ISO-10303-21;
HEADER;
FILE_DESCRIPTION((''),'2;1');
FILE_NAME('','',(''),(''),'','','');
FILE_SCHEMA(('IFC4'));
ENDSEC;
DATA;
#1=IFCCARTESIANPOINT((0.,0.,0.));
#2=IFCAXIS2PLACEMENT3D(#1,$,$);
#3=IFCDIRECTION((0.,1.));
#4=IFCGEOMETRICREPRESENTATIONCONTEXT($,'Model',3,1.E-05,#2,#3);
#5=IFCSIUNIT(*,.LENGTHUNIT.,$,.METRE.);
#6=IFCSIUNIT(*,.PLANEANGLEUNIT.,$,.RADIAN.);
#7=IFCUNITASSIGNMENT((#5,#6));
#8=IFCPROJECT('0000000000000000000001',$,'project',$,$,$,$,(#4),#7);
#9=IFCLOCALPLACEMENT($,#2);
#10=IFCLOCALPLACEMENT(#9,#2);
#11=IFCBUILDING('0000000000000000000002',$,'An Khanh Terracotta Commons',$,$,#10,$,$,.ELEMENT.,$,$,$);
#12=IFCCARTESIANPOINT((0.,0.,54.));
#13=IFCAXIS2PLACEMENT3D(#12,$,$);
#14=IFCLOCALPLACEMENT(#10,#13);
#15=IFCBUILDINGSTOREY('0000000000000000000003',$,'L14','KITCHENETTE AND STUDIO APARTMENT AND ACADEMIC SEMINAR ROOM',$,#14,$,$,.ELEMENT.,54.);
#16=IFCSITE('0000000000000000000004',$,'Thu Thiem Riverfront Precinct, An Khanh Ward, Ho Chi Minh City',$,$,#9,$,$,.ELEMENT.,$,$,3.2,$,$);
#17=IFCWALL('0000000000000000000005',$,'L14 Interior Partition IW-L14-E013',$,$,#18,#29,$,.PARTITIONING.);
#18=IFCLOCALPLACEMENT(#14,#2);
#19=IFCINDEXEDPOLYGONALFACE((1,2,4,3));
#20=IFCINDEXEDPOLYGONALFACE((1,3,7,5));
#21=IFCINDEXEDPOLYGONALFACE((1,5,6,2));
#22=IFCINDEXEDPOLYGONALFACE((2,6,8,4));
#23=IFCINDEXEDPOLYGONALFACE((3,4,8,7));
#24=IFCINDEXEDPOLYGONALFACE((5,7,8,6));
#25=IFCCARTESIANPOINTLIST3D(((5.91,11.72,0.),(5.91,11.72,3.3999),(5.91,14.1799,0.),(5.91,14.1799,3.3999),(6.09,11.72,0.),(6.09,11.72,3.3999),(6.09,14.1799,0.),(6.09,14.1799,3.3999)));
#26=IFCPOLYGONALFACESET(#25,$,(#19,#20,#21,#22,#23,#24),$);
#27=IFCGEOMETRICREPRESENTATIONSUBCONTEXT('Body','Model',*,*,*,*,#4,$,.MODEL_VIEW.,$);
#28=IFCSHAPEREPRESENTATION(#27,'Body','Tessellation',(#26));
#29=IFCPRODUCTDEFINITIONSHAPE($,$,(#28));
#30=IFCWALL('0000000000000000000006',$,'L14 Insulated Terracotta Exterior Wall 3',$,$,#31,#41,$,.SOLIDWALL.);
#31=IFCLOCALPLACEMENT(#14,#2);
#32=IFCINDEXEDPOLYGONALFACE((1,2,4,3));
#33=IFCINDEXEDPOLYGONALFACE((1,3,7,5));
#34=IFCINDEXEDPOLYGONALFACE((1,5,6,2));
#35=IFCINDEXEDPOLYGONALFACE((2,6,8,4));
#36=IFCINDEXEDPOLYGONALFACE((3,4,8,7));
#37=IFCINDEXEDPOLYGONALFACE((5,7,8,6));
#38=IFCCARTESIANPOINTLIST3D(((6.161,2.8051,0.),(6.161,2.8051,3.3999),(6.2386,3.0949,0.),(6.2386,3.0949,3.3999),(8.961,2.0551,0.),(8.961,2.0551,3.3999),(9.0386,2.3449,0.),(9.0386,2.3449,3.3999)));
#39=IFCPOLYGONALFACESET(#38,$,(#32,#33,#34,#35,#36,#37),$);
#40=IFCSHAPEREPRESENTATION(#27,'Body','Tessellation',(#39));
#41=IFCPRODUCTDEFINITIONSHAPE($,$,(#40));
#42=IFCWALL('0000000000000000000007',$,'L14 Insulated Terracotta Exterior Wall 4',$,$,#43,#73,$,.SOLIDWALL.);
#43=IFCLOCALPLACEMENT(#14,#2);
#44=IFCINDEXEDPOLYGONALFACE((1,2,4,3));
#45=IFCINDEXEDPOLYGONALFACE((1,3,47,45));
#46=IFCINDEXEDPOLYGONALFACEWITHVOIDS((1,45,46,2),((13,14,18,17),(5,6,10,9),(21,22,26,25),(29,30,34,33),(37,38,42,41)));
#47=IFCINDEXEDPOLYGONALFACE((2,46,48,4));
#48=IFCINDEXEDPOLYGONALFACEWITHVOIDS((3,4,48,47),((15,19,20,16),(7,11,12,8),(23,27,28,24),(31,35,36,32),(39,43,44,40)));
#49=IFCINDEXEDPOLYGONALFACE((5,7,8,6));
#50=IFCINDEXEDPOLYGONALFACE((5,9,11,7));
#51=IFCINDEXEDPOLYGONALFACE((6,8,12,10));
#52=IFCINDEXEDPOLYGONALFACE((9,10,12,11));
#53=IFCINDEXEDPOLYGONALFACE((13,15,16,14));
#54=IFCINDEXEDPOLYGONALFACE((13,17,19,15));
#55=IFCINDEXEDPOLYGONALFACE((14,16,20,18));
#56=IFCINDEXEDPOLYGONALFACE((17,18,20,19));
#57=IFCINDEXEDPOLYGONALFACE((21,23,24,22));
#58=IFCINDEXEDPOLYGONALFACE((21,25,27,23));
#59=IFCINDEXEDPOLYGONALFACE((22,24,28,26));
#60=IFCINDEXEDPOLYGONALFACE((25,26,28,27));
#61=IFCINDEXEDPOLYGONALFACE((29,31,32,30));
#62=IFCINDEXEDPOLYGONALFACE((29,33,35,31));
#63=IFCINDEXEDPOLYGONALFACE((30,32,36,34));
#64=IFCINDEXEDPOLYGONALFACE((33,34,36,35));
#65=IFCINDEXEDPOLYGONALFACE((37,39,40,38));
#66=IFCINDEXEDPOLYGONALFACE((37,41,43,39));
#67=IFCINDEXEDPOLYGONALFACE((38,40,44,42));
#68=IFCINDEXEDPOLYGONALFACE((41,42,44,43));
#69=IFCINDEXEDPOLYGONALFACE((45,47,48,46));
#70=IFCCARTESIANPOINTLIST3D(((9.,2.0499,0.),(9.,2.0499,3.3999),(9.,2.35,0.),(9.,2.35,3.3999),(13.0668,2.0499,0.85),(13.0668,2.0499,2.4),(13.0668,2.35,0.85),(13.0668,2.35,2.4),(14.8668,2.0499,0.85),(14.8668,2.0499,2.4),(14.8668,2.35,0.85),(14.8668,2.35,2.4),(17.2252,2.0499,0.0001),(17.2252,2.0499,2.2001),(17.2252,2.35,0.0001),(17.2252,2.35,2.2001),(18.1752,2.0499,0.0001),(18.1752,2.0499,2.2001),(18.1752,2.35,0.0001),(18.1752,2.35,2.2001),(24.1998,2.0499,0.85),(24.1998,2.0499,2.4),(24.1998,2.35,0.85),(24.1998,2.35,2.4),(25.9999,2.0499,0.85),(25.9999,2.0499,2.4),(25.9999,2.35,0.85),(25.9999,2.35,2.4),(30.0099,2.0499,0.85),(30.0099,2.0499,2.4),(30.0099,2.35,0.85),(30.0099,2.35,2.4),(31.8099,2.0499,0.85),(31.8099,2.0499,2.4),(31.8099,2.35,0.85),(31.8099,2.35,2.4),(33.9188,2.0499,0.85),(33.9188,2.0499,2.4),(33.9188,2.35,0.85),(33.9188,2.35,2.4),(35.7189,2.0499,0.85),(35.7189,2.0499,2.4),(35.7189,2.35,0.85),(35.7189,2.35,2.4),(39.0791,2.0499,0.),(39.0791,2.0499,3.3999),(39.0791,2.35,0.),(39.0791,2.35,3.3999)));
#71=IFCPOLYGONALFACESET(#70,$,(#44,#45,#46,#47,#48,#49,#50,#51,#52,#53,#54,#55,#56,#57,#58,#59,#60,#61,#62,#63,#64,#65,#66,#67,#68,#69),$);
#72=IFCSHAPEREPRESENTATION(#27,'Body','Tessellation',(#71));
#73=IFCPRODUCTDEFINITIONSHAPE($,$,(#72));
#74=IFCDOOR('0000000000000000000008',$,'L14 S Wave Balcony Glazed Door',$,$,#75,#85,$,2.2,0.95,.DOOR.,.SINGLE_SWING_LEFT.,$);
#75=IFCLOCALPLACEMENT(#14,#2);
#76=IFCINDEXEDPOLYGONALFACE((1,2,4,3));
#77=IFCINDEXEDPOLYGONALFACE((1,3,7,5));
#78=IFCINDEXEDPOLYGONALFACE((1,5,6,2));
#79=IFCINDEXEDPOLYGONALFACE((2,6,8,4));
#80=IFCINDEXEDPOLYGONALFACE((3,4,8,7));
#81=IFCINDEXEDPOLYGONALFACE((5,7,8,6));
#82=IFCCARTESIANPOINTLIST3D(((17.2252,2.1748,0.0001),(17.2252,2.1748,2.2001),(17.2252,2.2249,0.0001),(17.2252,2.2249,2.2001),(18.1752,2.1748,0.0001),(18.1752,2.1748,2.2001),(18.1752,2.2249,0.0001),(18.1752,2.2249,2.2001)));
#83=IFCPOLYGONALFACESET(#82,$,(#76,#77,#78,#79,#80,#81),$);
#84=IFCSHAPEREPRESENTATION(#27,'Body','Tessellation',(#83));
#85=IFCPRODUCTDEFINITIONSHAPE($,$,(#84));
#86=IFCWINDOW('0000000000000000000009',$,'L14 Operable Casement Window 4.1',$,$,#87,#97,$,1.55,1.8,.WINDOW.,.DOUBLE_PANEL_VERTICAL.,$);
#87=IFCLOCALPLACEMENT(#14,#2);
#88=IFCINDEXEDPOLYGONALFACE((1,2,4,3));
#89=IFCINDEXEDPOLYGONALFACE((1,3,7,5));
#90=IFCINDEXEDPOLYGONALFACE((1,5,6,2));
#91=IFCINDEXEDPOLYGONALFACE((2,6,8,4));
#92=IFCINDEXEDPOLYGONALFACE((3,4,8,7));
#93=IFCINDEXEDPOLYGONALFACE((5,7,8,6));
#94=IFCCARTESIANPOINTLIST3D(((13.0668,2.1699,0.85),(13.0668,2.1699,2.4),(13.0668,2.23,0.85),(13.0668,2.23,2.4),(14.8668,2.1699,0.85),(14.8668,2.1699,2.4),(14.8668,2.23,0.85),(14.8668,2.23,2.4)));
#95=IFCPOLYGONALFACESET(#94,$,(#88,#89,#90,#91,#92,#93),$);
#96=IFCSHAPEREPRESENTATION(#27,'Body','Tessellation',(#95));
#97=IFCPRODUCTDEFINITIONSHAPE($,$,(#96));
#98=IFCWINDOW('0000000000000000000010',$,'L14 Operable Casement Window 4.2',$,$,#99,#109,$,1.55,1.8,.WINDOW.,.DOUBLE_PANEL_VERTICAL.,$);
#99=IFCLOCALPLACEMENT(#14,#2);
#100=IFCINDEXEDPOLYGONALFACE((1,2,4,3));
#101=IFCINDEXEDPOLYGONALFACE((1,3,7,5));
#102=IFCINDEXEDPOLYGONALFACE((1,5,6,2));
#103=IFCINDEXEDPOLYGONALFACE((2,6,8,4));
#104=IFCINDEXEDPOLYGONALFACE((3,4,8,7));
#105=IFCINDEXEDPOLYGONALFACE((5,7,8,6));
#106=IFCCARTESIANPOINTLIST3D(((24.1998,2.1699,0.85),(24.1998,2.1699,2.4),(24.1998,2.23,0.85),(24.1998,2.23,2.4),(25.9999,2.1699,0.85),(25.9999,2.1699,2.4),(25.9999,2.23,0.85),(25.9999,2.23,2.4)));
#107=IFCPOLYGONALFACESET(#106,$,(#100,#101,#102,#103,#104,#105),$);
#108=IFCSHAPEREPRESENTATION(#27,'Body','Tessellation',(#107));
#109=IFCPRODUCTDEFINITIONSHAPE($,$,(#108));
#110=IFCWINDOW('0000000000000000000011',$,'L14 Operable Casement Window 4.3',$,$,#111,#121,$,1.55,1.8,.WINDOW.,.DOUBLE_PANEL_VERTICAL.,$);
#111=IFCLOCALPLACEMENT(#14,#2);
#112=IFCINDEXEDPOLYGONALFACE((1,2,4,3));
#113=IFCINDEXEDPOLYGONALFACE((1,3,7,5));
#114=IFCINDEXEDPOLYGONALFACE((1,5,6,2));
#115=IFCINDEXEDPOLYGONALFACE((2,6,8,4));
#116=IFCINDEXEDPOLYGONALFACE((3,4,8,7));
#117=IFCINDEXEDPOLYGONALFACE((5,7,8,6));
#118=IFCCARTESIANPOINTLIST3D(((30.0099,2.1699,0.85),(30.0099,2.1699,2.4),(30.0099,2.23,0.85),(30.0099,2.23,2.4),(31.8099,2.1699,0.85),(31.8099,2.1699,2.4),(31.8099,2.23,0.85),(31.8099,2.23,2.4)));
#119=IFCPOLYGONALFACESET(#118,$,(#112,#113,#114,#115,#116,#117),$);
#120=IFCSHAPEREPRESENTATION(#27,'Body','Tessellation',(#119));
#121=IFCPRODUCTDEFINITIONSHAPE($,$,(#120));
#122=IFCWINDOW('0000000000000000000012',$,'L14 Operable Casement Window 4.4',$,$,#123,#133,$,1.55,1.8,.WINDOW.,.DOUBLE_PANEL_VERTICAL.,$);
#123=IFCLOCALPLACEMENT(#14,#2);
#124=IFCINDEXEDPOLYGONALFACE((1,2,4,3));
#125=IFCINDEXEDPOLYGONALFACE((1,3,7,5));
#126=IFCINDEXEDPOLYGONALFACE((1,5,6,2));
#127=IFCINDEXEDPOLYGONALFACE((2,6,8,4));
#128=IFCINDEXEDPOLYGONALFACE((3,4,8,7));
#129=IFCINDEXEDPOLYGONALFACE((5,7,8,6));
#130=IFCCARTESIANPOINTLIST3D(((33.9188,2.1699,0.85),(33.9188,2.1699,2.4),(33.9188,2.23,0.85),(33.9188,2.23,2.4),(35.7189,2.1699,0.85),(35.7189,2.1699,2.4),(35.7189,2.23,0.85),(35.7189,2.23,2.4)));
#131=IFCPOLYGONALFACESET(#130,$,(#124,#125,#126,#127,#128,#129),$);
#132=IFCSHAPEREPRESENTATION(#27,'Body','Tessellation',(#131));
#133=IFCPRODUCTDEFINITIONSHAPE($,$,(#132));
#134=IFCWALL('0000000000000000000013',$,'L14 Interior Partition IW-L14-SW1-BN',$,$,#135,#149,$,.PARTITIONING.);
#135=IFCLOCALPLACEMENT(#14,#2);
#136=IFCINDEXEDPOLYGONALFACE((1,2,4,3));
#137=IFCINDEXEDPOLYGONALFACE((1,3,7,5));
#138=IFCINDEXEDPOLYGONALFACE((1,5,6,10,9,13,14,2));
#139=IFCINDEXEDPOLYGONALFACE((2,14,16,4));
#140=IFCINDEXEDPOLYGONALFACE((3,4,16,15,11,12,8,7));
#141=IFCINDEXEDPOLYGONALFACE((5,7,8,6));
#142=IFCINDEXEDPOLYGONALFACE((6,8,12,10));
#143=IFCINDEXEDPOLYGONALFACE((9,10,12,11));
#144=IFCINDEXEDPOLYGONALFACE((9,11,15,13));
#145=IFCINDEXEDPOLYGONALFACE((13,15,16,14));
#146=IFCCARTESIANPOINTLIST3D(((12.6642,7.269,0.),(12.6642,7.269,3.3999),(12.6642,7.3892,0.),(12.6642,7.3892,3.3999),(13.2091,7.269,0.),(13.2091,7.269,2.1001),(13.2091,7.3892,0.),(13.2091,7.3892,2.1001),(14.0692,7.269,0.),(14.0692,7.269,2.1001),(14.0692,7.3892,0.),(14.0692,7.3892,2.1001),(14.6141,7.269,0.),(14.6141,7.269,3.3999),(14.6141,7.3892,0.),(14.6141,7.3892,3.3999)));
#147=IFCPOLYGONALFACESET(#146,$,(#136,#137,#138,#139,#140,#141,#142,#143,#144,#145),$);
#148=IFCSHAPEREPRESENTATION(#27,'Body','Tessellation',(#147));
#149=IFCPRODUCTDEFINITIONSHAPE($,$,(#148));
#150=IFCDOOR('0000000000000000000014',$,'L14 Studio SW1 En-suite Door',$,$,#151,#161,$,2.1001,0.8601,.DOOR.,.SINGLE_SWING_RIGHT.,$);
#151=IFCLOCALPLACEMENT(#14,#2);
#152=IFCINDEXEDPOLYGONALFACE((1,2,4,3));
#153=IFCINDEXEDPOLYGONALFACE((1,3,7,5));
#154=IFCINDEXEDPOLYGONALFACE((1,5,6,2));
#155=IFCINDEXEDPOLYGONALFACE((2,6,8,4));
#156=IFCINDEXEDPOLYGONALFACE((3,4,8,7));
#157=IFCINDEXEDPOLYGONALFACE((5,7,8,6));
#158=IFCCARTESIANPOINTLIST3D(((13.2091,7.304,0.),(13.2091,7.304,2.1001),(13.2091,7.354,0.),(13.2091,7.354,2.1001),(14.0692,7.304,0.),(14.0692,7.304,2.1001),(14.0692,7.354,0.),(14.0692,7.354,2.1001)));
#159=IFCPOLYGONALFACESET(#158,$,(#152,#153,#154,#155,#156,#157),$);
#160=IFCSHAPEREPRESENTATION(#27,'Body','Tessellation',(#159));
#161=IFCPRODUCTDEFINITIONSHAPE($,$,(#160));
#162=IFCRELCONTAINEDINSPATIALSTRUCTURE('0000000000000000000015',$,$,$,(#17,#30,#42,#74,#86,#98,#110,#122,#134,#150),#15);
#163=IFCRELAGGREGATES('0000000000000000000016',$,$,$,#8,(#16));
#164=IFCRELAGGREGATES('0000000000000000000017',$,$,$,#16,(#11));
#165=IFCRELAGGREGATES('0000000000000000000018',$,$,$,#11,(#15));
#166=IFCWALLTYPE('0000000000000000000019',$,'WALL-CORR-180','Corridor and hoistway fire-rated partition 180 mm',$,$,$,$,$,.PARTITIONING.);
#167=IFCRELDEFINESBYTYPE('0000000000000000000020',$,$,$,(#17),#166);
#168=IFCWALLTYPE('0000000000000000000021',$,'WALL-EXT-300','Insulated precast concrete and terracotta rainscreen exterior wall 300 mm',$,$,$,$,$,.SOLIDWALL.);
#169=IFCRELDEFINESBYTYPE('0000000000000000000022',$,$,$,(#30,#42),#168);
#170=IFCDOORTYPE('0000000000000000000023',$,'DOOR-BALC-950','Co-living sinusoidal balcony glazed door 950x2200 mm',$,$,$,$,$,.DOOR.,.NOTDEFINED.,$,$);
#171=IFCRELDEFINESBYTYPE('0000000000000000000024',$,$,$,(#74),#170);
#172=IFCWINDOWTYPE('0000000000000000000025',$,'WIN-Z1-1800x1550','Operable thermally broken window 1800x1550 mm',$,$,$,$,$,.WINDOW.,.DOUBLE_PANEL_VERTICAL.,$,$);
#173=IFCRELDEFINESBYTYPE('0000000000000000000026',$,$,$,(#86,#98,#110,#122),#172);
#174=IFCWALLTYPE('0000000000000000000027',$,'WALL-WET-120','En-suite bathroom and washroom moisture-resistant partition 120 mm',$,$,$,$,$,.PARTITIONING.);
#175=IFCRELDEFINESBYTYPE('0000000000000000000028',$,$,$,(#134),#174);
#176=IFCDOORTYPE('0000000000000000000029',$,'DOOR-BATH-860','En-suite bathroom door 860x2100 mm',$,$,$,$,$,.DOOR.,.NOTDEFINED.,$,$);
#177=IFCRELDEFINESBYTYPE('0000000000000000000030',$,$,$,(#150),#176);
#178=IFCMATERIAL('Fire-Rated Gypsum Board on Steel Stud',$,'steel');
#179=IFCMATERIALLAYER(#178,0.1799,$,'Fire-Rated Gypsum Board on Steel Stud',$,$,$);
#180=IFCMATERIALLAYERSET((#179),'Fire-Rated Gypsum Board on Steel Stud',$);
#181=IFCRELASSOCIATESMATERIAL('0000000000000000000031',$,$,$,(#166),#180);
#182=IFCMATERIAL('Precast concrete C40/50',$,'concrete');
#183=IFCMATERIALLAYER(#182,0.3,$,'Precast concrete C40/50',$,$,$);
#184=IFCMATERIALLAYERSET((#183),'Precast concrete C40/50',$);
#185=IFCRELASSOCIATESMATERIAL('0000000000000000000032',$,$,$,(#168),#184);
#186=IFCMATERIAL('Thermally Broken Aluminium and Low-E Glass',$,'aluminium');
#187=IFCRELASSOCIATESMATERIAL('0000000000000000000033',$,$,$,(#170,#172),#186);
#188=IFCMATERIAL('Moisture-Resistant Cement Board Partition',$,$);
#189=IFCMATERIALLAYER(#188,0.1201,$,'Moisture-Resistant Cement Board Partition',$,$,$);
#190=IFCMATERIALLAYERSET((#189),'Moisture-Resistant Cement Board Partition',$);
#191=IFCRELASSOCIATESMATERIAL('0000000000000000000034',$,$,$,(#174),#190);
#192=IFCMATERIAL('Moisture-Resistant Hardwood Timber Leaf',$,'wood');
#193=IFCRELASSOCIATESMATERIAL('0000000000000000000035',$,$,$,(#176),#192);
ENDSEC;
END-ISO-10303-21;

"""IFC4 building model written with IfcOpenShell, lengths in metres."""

from ifc_helpers import new_model, si_unit, direction, frame, frame_2d, origin, place, context, subcontext, project, spatial, rectangle, extrude, material, layer, layer_set, type_object, element, fill, save


model = new_model("IFC4")

# Units and contexts
model_context = context("Model", 3, precision=1e-05, world=origin(), true_north=direction((0.0, 1.0)))
body_context = subcontext(model_context, "Body", "Model", "MODEL_VIEW")
ifc_project = project(units=[si_unit("LENGTHUNIT", "METRE"), si_unit("PLANEANGLEUNIT", "RADIAN")], contexts=[model_context])

# Site, building, storey
site_placement = place(None, origin())
site = spatial("IfcSite", under=ifc_project, at=site_placement, Name="Thu Thiem Riverfront Precinct, An Khanh Ward, Ho Chi Minh City", CompositionType="ELEMENT", RefElevation=3.2)
building_placement = place(site_placement, origin())
building = spatial("IfcBuilding", under=site, at=building_placement, Name="An Khanh Terracotta Commons", CompositionType="ELEMENT")
storey_placement = place(building_placement, frame((0.0, 0.0, 54.0)))
storey = spatial("IfcBuildingStorey", under=building, at=storey_placement, Name="L14", Description="KITCHENETTE AND STUDIO APARTMENT AND ACADEMIC SEMINAR ROOM", CompositionType="ELEMENT", Elevation=54.0)

# Walls
ifc_material_1 = material(Name="Fire-Rated Gypsum Board on Steel Stud", Category="steel")
ifc_layer_1 = layer(ifc_material_1, 0.1799, Name="Fire-Rated Gypsum Board on Steel Stud")
ifc_layer_set_1 = layer_set([ifc_layer_1], Name="Fire-Rated Gypsum Board on Steel Stud")
wall_type_1 = type_object("IfcWallType", Name="WALL-CORR-180", Description="Corridor and hoistway fire-rated partition 180 mm", PredefinedType="PARTITIONING", material=ifc_layer_set_1)
wall_1_placement = place(storey_placement, frame((6.0, 11.72, 0.0), z_axis=(0.0, 0.0, 1.0), x_axis=(0.0, 1.0, 0.0)))
element("IfcWall", 1, at=wall_1_placement, inside=storey, type_object=wall_type_1, Name="L14 Interior Partition IW-L14-E013", PredefinedType="PARTITIONING", context=body_context, shape_type="SweptSolid", body=[
    extrude(rectangle(XDim=2.46, YDim=0.1799, at=frame_2d((1.23, 0.0))), origin(), (0.0, 0.0, 1.0), 3.3999),
])
ifc_material_2 = material(Name="Precast concrete C40/50", Category="concrete")
ifc_layer_2 = layer(ifc_material_2, 0.3, Name="Precast concrete C40/50")
ifc_layer_set_2 = layer_set([ifc_layer_2], Name="Precast concrete C40/50")
wall_type_2 = type_object("IfcWallType", Name="WALL-EXT-300", Description="Insulated precast concrete and terracotta rainscreen exterior wall 300 mm", PredefinedType="SOLIDWALL", material=ifc_layer_set_2)
wall_2_placement = place(storey_placement, frame((6.2, 2.95, 0.0), z_axis=(0.0, 0.0, 1.0), x_axis=(0.965949, -0.258732, 0.0)))
element("IfcWall", 2, at=wall_2_placement, inside=storey, type_object=wall_type_2, Name="L14 Insulated Terracotta Exterior Wall 3", PredefinedType="SOLIDWALL", context=body_context, shape_type="SweptSolid", body=[
    extrude(rectangle(XDim=2.8987, YDim=0.3, at=frame_2d((1.4492, 0.0))), origin(), (0.0, 0.0, 1.0), 3.3999),
])

# Wall, openings, door, windows
wall_3_placement = place(storey_placement, frame((9.0, 2.2, 0.0), z_axis=(0.0, 0.0, 1.0), x_axis=(1.0, 0.0, 0.0)))
wall_3 = element("IfcWall", 3, at=wall_3_placement, inside=storey, type_object=wall_type_2, Name="L14 Insulated Terracotta Exterior Wall 4", PredefinedType="SOLIDWALL", context=body_context, shape_type="SweptSolid", body=[
    extrude(rectangle(XDim=30.0791, YDim=0.3, at=frame_2d((15.0396, 0.0))), origin(), (0.0, 0.0, 1.0), 3.3999),
])
opening_1_placement = place(wall_3_placement, frame((8.2251, 0.0, 0.0)))
opening_1 = element("IfcOpeningElement", 4, at=opening_1_placement, cuts=wall_3, PredefinedType="OPENING", context=body_context, shape_type="SweptSolid", body=[
    extrude(rectangle(XDim=0.95, YDim=2.2, at=frame_2d((0.4751, 1.1001))), frame((0.0, 0.1599, 0.0), z_axis=(0.0, -1.0, 0.0), x_axis=(1.0, 0.0, 0.0)), (0.0, 0.0, 1.0), 0.3201),
])
opening_2_placement = place(wall_3_placement, frame((4.0669, 0.0, 0.8501)))
opening_2 = element("IfcOpeningElement", 5, at=opening_2_placement, cuts=wall_3, PredefinedType="OPENING", context=body_context, shape_type="SweptSolid", body=[
    extrude(rectangle(XDim=1.8, YDim=1.55, at=frame_2d((0.8999, 0.7749))), frame((0.0, 0.1599, 0.0), z_axis=(0.0, -1.0, 0.0), x_axis=(1.0, 0.0, 0.0)), (0.0, 0.0, 1.0), 0.3201),
])
opening_3_placement = place(wall_3_placement, frame((15.2, 0.0, 0.8501)))
opening_3 = element("IfcOpeningElement", 6, at=opening_3_placement, cuts=wall_3, PredefinedType="OPENING", context=body_context, shape_type="SweptSolid", body=[
    extrude(rectangle(XDim=1.8, YDim=1.55, at=frame_2d((0.8999, 0.7749))), frame((0.0, 0.1599, 0.0), z_axis=(0.0, -1.0, 0.0), x_axis=(1.0, 0.0, 0.0)), (0.0, 0.0, 1.0), 0.3201),
])
opening_4_placement = place(wall_3_placement, frame((21.01, 0.0, 0.8501)))
opening_4 = element("IfcOpeningElement", 7, at=opening_4_placement, cuts=wall_3, PredefinedType="OPENING", context=body_context, shape_type="SweptSolid", body=[
    extrude(rectangle(XDim=1.8, YDim=1.55, at=frame_2d((0.8999, 0.7749))), frame((0.0, 0.1599, 0.0), z_axis=(0.0, -1.0, 0.0), x_axis=(1.0, 0.0, 0.0)), (0.0, 0.0, 1.0), 0.3201),
])
opening_5_placement = place(wall_3_placement, frame((24.9189, 0.0, 0.8501)))
opening_5 = element("IfcOpeningElement", 8, at=opening_5_placement, cuts=wall_3, PredefinedType="OPENING", context=body_context, shape_type="SweptSolid", body=[
    extrude(rectangle(XDim=1.8, YDim=1.55, at=frame_2d((0.8999, 0.7749))), frame((0.0, 0.1599, 0.0), z_axis=(0.0, -1.0, 0.0), x_axis=(1.0, 0.0, 0.0)), (0.0, 0.0, 1.0), 0.3201),
])
ifc_material_3 = material(Name="Thermally Broken Aluminium and Low-E Glass", Category="aluminium")
door_type_1 = type_object("IfcDoorType", Name="DOOR-BALC-950", Description="Co-living sinusoidal balcony glazed door 950x2200 mm", OperationType="NOTDEFINED", PredefinedType="DOOR", material=ifc_material_3)
door_1_placement = place(opening_1_placement, origin())
door_1 = element("IfcDoor", 9, at=door_1_placement, inside=storey, type_object=door_type_1, Name="L14 S Wave Balcony Glazed Door", OperationType="SINGLE_SWING_LEFT", OverallHeight=2.2, OverallWidth=0.95, PredefinedType="DOOR", context=body_context, shape_type="SweptSolid", body=[
    extrude(rectangle(XDim=0.95, YDim=2.2, at=frame_2d((0.4751, 1.1001))), frame((0.0, 0.0249, 0.0), z_axis=(0.0, -1.0, 0.0), x_axis=(1.0, 0.0, 0.0)), (0.0, 0.0, 1.0), 0.05),
])
fill(opening_1, door_1)
window_type = type_object("IfcWindowType", Name="WIN-Z1-1800x1550", Description="Operable thermally broken window 1800x1550 mm", PartitioningType="DOUBLE_PANEL_VERTICAL", PredefinedType="WINDOW", material=ifc_material_3)
window_1_placement = place(opening_2_placement, origin())
window_1 = element("IfcWindow", 10, at=window_1_placement, inside=storey, type_object=window_type, Name="L14 Operable Casement Window 4.1", OverallHeight=1.55, OverallWidth=1.8, PartitioningType="DOUBLE_PANEL_VERTICAL", PredefinedType="WINDOW", context=body_context, shape_type="SweptSolid", body=[
    extrude(rectangle(XDim=1.8, YDim=1.55, at=frame_2d((0.8999, 0.7749))), frame((0.0, 0.03, 0.0), z_axis=(0.0, -1.0, 0.0), x_axis=(1.0, 0.0, 0.0)), (0.0, 0.0, 1.0), 0.0601),
])
fill(opening_2, window_1)
window_2_placement = place(opening_3_placement, origin())
window_2 = element("IfcWindow", 11, at=window_2_placement, inside=storey, type_object=window_type, Name="L14 Operable Casement Window 4.2", OverallHeight=1.55, OverallWidth=1.8, PartitioningType="DOUBLE_PANEL_VERTICAL", PredefinedType="WINDOW", context=body_context, shape_type="SweptSolid", body=[
    extrude(rectangle(XDim=1.8, YDim=1.55, at=frame_2d((0.8999, 0.7749))), frame((0.0, 0.03, 0.0), z_axis=(0.0, -1.0, 0.0), x_axis=(1.0, 0.0, 0.0)), (0.0, 0.0, 1.0), 0.0601),
])
fill(opening_3, window_2)
window_3_placement = place(opening_4_placement, origin())
window_3 = element("IfcWindow", 12, at=window_3_placement, inside=storey, type_object=window_type, Name="L14 Operable Casement Window 4.3", OverallHeight=1.55, OverallWidth=1.8, PartitioningType="DOUBLE_PANEL_VERTICAL", PredefinedType="WINDOW", context=body_context, shape_type="SweptSolid", body=[
    extrude(rectangle(XDim=1.8, YDim=1.55, at=frame_2d((0.8999, 0.7749))), frame((0.0, 0.03, 0.0), z_axis=(0.0, -1.0, 0.0), x_axis=(1.0, 0.0, 0.0)), (0.0, 0.0, 1.0), 0.0601),
])
fill(opening_4, window_3)
window_4_placement = place(opening_5_placement, origin())
window_4 = element("IfcWindow", 13, at=window_4_placement, inside=storey, type_object=window_type, Name="L14 Operable Casement Window 4.4", OverallHeight=1.55, OverallWidth=1.8, PartitioningType="DOUBLE_PANEL_VERTICAL", PredefinedType="WINDOW", context=body_context, shape_type="SweptSolid", body=[
    extrude(rectangle(XDim=1.8, YDim=1.55, at=frame_2d((0.8999, 0.7749))), frame((0.0, 0.03, 0.0), z_axis=(0.0, -1.0, 0.0), x_axis=(1.0, 0.0, 0.0)), (0.0, 0.0, 1.0), 0.0601),
])
fill(opening_5, window_4)

# Wall, opening, door
ifc_material_4 = material(Name="Moisture-Resistant Cement Board Partition")
ifc_layer_3 = layer(ifc_material_4, 0.1201, Name="Moisture-Resistant Cement Board Partition")
ifc_layer_set_3 = layer_set([ifc_layer_3], Name="Moisture-Resistant Cement Board Partition")
wall_type_3 = type_object("IfcWallType", Name="WALL-WET-120", Description="En-suite bathroom and washroom moisture-resistant partition 120 mm", PredefinedType="PARTITIONING", material=ifc_layer_set_3)
wall_4_placement = place(storey_placement, frame((12.6641, 7.3291, 0.0), z_axis=(0.0, 0.0, 1.0), x_axis=(1.0, 0.0, 0.0)))
wall_4 = element("IfcWall", 14, at=wall_4_placement, inside=storey, type_object=wall_type_3, Name="L14 Interior Partition IW-L14-SW1-BN", PredefinedType="PARTITIONING", context=body_context, shape_type="SweptSolid", body=[
    extrude(rectangle(XDim=1.95, YDim=0.1201, at=frame_2d((0.9751, 0.0))), origin(), (0.0, 0.0, 1.0), 3.3999),
])
opening_6_placement = place(wall_4_placement, frame((0.5449, 0.0, 0.0)))
opening_6 = element("IfcOpeningElement", 15, at=opening_6_placement, cuts=wall_4, PredefinedType="OPENING", context=body_context, shape_type="SweptSolid", body=[
    extrude(rectangle(XDim=0.8601, YDim=2.1001, at=frame_2d((0.4302, 1.05))), frame((0.0, 0.0701, 0.0), z_axis=(0.0, -1.0, 0.0), x_axis=(1.0, 0.0, 0.0)), (0.0, 0.0, 1.0), 0.1401),
])
ifc_material_5 = material(Name="Moisture-Resistant Hardwood Timber Leaf", Category="wood")
door_type_2 = type_object("IfcDoorType", Name="DOOR-BATH-860", Description="En-suite bathroom door 860x2100 mm", OperationType="NOTDEFINED", PredefinedType="DOOR", material=ifc_material_5)
door_2_placement = place(opening_6_placement, origin())
door_2 = element("IfcDoor", 16, at=door_2_placement, inside=storey, type_object=door_type_2, Name="L14 Studio SW1 En-suite Door", OperationType="SINGLE_SWING_RIGHT", OverallHeight=2.1001, OverallWidth=0.8601, PredefinedType="DOOR", context=body_context, shape_type="SweptSolid", body=[
    extrude(rectangle(XDim=0.8601, YDim=2.1001, at=frame_2d((0.4302, 1.05))), frame((0.0, 0.0249, 0.0), z_axis=(0.0, -1.0, 0.0), x_axis=(1.0, 0.0, 0.0)), (0.0, 0.0, 1.0), 0.05),
])
fill(opening_6, door_2)

save(model, "model.ifc")
